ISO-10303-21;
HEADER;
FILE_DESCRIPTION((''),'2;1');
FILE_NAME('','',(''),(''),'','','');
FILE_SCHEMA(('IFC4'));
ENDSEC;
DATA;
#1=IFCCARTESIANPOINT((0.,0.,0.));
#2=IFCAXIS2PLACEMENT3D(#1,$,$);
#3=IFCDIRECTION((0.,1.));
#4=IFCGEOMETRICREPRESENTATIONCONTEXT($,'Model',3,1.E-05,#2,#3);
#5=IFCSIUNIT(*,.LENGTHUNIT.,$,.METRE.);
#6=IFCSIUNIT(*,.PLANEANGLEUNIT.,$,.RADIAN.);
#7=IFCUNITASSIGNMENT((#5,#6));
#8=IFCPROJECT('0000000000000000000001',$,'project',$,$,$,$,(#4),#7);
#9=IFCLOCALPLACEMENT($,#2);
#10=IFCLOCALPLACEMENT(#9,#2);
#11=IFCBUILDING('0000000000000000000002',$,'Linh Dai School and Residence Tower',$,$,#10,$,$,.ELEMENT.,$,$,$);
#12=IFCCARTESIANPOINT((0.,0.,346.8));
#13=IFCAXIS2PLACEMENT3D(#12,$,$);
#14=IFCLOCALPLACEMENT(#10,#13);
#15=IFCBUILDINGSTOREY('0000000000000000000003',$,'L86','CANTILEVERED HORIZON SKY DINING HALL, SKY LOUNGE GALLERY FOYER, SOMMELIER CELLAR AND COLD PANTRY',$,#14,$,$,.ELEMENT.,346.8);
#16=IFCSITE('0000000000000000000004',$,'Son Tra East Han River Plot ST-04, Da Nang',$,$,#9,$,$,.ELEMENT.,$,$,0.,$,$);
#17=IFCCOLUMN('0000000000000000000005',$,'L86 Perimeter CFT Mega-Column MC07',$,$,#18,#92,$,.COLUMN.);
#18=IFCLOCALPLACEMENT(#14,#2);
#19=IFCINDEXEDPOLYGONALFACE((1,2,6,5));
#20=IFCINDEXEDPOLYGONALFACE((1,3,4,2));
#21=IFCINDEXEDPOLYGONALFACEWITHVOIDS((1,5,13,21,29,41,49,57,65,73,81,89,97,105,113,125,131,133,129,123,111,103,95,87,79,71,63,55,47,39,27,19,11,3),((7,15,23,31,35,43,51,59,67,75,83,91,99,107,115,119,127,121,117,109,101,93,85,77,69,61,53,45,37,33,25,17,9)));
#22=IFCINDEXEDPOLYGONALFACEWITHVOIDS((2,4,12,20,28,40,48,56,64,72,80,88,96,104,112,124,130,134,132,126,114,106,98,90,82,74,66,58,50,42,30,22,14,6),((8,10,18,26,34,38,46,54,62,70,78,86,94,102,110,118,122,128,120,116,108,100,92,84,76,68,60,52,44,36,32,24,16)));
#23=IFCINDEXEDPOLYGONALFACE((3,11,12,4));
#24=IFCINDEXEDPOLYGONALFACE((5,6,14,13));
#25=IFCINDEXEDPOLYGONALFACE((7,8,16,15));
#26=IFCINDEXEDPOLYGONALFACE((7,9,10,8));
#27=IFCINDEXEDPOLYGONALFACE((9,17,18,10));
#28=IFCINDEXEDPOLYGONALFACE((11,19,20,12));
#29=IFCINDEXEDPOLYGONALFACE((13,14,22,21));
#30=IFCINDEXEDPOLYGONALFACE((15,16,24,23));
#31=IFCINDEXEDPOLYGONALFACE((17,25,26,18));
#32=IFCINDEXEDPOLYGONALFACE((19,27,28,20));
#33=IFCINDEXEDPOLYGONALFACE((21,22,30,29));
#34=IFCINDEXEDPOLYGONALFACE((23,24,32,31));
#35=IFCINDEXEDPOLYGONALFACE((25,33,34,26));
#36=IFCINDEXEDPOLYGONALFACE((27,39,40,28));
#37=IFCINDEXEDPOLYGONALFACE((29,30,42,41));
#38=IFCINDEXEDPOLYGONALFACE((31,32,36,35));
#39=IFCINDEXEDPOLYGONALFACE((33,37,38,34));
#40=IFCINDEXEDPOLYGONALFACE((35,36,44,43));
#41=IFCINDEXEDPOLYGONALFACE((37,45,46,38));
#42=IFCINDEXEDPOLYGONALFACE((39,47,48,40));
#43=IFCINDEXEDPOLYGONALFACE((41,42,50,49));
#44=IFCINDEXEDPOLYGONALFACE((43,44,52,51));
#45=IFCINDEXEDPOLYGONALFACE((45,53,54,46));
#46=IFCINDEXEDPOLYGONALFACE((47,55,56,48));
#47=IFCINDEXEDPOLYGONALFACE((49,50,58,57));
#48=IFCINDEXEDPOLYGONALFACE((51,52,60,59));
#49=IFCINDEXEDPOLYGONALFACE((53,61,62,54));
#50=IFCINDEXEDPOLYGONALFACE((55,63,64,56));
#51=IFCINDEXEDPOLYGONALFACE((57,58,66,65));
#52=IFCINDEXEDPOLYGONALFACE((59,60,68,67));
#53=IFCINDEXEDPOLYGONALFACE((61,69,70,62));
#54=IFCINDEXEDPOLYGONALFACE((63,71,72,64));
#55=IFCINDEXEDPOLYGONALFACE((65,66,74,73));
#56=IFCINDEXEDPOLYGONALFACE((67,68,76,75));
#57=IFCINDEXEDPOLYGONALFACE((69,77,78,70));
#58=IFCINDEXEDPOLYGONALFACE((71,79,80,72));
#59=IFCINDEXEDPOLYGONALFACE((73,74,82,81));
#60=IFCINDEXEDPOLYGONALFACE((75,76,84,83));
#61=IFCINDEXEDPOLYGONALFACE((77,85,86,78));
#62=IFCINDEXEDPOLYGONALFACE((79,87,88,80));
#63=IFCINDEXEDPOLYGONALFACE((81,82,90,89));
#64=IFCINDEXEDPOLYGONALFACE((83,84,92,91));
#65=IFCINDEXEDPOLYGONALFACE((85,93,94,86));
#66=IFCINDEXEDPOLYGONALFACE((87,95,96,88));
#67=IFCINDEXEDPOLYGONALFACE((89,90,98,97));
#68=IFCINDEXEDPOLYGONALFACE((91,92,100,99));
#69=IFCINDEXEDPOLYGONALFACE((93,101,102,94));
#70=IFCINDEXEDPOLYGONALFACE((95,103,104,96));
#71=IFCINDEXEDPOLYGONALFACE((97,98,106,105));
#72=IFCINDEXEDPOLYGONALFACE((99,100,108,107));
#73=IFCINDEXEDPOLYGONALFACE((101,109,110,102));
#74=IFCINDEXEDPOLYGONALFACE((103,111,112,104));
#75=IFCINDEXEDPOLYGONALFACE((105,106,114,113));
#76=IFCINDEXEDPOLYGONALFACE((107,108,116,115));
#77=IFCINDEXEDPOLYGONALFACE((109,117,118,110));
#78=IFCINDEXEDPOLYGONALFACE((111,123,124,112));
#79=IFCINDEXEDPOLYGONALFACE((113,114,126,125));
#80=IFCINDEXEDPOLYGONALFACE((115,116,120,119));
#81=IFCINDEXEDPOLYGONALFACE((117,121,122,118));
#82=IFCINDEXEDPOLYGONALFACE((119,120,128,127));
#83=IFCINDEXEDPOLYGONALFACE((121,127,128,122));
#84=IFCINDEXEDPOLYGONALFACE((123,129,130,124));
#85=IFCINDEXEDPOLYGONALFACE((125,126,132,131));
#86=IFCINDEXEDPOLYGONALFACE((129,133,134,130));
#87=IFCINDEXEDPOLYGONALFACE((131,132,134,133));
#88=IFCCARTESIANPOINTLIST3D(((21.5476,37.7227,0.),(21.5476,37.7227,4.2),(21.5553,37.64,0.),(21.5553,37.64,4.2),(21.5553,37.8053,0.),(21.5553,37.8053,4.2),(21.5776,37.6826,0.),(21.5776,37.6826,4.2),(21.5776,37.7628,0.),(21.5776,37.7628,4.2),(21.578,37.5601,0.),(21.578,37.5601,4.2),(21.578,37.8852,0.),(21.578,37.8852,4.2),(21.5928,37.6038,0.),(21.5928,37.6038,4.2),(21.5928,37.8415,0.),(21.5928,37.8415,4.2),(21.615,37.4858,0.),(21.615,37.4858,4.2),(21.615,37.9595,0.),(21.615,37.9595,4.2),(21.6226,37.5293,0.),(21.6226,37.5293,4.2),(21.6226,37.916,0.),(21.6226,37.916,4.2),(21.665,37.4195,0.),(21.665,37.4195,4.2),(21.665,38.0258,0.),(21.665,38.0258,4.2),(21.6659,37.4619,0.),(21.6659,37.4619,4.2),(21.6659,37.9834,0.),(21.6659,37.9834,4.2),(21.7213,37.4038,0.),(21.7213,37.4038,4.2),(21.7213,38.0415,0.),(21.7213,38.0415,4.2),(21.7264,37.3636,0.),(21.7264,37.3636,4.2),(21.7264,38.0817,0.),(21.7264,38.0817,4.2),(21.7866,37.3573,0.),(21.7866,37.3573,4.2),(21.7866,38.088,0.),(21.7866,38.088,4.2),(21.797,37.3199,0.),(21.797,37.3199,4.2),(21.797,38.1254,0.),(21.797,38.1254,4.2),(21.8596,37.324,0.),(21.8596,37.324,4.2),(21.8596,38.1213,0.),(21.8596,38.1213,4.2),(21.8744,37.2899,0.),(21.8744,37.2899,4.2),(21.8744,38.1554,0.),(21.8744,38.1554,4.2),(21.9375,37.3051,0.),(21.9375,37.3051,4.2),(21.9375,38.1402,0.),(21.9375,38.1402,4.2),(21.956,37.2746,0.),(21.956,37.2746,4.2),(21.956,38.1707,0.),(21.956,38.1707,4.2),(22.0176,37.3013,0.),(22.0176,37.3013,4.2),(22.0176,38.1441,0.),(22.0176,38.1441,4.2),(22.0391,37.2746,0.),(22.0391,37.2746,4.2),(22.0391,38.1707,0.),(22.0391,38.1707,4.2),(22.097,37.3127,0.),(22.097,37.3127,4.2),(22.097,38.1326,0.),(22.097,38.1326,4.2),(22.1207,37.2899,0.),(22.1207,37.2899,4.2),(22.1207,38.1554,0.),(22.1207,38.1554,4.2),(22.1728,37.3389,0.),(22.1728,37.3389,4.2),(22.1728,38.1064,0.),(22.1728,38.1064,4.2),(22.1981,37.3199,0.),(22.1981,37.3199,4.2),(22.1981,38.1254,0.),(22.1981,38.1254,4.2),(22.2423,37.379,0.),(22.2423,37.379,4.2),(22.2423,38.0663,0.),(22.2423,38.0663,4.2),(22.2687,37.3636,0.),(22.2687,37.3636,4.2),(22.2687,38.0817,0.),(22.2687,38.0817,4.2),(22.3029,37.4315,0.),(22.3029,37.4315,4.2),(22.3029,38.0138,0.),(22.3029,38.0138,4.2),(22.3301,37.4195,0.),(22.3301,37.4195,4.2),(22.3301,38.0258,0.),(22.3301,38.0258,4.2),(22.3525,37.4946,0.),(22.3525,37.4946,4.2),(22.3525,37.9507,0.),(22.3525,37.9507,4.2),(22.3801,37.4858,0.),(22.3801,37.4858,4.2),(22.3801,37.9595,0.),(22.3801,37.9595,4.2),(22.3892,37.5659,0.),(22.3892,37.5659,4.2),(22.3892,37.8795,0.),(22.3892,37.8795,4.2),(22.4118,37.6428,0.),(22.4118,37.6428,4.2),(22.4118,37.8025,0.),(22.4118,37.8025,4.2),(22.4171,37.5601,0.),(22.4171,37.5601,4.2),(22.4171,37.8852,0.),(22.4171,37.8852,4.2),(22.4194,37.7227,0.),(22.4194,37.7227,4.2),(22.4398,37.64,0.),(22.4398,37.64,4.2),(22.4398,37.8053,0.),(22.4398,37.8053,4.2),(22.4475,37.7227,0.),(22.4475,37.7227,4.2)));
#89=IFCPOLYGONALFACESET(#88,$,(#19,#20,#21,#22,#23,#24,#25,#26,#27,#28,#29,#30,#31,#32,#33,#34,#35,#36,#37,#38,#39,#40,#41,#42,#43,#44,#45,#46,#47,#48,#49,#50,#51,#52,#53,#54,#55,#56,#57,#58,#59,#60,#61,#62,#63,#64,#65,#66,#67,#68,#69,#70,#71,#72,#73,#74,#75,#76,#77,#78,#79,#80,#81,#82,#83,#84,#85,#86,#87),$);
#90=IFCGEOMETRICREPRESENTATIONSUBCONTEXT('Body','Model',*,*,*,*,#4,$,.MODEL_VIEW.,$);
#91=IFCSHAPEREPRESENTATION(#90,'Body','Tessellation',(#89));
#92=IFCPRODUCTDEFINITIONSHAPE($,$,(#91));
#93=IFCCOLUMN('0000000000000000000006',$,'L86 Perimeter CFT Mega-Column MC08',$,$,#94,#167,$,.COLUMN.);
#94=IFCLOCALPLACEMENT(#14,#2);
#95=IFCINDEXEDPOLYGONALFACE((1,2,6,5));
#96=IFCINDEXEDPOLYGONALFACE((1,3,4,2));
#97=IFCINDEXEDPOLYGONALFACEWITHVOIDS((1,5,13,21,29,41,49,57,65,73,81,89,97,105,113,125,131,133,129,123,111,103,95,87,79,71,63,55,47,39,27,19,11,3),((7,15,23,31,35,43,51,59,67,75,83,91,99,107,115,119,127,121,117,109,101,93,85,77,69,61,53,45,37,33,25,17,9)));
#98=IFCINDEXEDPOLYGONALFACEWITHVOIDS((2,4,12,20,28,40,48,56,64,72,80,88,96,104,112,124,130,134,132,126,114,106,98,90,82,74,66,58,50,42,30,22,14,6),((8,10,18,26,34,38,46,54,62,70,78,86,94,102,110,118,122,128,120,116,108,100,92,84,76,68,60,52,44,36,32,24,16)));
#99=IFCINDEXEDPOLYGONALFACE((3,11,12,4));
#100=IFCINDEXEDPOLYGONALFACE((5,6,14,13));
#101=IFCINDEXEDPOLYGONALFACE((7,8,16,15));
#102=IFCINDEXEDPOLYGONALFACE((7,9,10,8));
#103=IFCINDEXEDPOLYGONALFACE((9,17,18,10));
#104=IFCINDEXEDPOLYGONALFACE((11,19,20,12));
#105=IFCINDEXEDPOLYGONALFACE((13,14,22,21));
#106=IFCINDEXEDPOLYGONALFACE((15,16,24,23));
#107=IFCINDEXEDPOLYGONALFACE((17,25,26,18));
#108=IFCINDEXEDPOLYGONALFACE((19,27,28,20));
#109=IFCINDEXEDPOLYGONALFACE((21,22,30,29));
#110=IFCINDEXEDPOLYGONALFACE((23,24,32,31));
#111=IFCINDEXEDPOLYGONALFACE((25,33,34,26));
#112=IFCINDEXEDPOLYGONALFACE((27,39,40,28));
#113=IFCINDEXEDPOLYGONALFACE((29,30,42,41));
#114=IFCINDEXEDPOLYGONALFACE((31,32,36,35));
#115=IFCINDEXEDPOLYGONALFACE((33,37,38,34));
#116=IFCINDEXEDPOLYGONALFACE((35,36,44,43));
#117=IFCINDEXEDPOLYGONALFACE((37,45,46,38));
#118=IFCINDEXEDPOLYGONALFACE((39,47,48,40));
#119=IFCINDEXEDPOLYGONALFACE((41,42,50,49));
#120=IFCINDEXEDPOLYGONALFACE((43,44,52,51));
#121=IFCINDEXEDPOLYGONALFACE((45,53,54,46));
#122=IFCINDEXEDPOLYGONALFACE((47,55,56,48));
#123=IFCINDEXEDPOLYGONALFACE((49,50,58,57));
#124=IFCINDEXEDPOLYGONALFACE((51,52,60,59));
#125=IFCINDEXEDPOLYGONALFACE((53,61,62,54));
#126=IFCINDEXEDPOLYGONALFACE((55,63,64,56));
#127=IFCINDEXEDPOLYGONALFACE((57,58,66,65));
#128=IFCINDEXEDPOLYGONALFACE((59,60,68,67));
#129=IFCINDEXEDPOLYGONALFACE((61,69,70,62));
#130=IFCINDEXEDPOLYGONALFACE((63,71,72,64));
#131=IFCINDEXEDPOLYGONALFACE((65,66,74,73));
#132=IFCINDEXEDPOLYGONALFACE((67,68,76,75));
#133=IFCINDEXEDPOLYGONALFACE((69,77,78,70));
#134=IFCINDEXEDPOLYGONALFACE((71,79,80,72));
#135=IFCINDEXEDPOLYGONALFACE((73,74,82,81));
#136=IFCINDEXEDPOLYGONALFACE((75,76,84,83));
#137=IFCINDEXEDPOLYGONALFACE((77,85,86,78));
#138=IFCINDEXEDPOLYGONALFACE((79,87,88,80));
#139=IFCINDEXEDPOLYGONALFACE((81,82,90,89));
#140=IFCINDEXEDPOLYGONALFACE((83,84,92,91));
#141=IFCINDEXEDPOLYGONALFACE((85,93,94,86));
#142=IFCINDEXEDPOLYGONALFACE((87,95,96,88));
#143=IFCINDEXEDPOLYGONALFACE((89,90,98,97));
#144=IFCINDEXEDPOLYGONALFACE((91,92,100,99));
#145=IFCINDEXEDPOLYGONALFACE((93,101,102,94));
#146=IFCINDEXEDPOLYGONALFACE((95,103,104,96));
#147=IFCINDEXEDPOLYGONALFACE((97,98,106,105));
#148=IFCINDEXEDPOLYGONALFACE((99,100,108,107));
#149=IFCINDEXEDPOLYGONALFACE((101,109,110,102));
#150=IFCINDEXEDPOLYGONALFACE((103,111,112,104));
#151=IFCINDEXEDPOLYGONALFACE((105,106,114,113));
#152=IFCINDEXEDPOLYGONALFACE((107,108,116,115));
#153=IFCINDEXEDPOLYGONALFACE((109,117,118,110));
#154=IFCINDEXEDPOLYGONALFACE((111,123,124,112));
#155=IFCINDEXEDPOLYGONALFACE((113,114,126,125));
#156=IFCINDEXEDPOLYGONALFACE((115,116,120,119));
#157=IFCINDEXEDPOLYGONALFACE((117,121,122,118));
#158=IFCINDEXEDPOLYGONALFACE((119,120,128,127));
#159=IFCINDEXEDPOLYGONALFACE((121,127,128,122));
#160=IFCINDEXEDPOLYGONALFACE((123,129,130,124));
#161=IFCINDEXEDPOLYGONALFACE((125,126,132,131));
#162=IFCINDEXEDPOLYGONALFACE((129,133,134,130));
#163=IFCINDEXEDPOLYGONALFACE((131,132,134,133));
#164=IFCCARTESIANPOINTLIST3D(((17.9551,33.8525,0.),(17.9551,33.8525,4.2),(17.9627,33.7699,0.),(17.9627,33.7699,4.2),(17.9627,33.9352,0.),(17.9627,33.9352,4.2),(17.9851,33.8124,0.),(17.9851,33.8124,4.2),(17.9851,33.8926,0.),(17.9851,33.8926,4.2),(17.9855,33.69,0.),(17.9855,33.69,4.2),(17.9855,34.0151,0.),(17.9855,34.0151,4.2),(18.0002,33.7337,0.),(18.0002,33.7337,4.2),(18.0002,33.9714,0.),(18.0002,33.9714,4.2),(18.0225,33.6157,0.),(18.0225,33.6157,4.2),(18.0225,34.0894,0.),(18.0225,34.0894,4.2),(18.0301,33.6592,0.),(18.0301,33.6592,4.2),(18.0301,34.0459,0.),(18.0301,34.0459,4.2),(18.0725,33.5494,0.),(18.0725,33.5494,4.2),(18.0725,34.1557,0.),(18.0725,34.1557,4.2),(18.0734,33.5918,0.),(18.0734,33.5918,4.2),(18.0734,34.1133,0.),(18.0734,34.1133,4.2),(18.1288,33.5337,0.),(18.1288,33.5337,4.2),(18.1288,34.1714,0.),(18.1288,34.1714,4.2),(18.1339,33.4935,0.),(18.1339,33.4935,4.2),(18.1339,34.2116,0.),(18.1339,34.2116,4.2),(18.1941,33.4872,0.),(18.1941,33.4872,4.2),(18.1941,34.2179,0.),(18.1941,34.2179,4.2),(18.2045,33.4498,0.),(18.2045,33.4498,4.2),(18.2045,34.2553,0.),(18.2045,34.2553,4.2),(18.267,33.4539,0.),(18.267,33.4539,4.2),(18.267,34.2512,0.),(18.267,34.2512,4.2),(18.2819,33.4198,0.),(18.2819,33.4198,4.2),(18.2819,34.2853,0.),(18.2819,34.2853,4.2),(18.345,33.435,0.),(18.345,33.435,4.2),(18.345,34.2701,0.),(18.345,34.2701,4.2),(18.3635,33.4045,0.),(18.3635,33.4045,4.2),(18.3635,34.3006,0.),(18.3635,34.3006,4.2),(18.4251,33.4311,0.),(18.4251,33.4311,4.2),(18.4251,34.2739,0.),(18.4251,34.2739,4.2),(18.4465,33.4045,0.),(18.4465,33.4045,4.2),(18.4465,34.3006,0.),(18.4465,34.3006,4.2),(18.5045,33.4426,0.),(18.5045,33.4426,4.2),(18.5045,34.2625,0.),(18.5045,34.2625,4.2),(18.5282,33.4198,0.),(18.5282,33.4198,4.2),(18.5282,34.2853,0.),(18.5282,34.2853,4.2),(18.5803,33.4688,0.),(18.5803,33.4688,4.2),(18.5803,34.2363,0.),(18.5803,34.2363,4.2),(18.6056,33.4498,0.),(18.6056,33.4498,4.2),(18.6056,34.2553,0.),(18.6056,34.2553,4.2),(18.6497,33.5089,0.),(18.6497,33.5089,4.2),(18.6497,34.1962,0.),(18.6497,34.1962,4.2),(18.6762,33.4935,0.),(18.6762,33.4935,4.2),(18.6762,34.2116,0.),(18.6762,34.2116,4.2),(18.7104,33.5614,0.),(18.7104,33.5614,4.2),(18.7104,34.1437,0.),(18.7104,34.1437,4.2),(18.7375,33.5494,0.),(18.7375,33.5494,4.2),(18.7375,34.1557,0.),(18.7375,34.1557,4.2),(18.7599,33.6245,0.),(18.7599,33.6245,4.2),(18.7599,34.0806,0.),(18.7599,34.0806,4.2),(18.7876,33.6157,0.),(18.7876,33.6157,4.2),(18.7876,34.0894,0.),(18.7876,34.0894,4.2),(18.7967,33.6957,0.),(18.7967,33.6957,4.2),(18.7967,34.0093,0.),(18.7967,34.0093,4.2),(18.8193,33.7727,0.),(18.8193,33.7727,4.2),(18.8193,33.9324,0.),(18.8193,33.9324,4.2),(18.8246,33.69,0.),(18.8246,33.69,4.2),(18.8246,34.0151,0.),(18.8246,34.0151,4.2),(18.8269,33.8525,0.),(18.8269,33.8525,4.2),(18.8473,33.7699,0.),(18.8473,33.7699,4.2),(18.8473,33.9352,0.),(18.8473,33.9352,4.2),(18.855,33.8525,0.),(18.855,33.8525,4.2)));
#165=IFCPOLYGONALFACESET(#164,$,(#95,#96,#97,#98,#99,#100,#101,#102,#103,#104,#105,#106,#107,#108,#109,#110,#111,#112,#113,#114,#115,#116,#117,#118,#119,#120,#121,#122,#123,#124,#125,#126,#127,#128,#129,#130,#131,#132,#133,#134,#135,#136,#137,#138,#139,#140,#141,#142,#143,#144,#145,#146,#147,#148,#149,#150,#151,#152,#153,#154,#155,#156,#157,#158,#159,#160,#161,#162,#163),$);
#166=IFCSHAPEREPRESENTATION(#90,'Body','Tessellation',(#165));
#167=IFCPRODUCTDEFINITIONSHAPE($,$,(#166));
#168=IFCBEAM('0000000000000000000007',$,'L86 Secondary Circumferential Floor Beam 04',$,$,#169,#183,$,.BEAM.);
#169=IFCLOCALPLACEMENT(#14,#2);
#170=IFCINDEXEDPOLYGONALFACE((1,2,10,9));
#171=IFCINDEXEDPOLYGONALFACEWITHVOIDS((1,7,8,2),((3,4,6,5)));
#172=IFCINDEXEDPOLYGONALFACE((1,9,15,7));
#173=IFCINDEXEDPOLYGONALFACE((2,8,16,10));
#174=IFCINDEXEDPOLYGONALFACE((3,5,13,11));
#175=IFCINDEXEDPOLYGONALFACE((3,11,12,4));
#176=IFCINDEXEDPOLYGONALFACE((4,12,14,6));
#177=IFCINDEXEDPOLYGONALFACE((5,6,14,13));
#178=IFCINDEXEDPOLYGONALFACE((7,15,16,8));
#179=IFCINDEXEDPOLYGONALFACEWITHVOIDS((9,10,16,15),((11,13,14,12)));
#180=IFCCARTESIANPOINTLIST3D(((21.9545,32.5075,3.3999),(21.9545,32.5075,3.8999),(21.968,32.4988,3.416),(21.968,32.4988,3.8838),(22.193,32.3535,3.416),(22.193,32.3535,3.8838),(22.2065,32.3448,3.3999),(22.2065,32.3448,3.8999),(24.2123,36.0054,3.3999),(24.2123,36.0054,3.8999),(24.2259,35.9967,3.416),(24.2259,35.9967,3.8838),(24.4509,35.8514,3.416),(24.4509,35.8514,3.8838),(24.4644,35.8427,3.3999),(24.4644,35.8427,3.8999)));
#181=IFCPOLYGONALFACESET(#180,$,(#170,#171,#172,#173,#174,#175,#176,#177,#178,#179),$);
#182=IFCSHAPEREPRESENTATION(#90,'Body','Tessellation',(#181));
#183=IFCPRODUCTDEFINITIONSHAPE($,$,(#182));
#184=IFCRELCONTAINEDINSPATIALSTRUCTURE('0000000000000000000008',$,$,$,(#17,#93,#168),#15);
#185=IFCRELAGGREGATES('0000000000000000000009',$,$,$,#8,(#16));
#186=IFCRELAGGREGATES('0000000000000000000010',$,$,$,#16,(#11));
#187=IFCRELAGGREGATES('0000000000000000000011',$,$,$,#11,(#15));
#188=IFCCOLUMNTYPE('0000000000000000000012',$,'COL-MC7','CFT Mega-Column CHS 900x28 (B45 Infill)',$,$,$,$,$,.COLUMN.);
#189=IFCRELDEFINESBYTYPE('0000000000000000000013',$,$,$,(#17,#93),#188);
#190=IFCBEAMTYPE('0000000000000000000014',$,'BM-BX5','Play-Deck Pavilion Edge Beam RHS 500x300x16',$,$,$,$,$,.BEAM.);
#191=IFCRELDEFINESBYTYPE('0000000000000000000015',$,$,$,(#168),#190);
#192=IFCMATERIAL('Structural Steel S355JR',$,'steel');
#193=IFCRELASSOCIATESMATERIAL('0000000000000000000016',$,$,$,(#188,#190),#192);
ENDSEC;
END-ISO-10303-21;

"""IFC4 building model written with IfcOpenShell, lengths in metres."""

from ifc_helpers import new_model, si_unit, direction, frame, origin, origin_2d, place, context, subcontext, project, spatial, hollow_rectangle, hollow_circle, extrude, material, material_profile, profile_set, type_object, element, save


model = new_model("IFC4")

# Units and contexts
model_context = context("Model", 3, precision=1e-05, world=origin(), true_north=direction((0.0, 1.0)))
body_context = subcontext(model_context, "Body", "Model", "MODEL_VIEW")
ifc_project = project(units=[si_unit("LENGTHUNIT", "METRE"), si_unit("PLANEANGLEUNIT", "RADIAN")], contexts=[model_context])

# Site, building, storey
site_placement = place(None, origin())
site = spatial("IfcSite", under=ifc_project, at=site_placement, Name="Son Tra East Han River Plot ST-04, Da Nang", CompositionType="ELEMENT", RefElevation=0.0)
building_placement = place(site_placement, origin())
building = spatial("IfcBuilding", under=site, at=building_placement, Name="Linh Dai School and Residence Tower", CompositionType="ELEMENT")
storey_placement = place(building_placement, frame((0.0, 0.0, 346.8)))
storey = spatial("IfcBuildingStorey", under=building, at=storey_placement, Name="L86", Description="CANTILEVERED HORIZON SKY DINING HALL, SKY LOUNGE GALLERY FOYER, SOMMELIER CELLAR AND COLD PANTRY", CompositionType="ELEMENT", Elevation=346.8)

# Columns
ifc_material_1 = material(Name="Structural Steel S355JR", Category="steel")
ifc_material_profile_1 = material_profile(ifc_material_1, hollow_circle(Radius=0.45, WallThickness=0.0281, at=origin_2d()), Name="CHS 900x28")
ifc_profile_set_1 = profile_set([ifc_material_profile_1], Name="Structural Steel S355JR")
column_type = type_object("IfcColumnType", Name="COL-MC7", Description="CFT Mega-Column CHS 900x28 (B45 Infill)", PredefinedType="COLUMN", material=ifc_profile_set_1)
for number, where, z_axis, x_axis, name in (
    (1, (21.9976, 37.7227, 0.0), (0.0, 0.0, 1.0), (1.0, 0.0, 0.0), "L86 Perimeter CFT Mega-Column MC07"),
    (2, (18.405, 33.8525, 0.0), (0.0, 0.0, 1.0), (1.0, 0.0, 0.0), "L86 Perimeter CFT Mega-Column MC08"),
):
    element("IfcColumn", number, at=place(storey_placement, frame(where, z_axis=z_axis, x_axis=x_axis)), inside=storey, type_object=column_type, Name=name, PredefinedType="COLUMN", context=body_context, shape_type="SweptSolid", body=[
        extrude(hollow_circle(Radius=0.45, WallThickness=0.0281, at=origin_2d()), origin(), (0.0, 0.0, 1.0), 4.2),
    ])

# Beam
ifc_material_profile_2 = material_profile(ifc_material_1, hollow_rectangle(XDim=0.3, YDim=0.5, WallThickness=0.0161, at=origin_2d()), Name="RHS 500x300x16")
ifc_profile_set_2 = profile_set([ifc_material_profile_2], Name="Structural Steel S355JR")
beam_type_1 = type_object("IfcBeamType", Name="BM-BX5", Description="Play-Deck Pavilion Edge Beam RHS 500x300x16", PredefinedType="BEAM", material=ifc_profile_set_2)
beam_1_placement = place(storey_placement, frame((24.3384, 35.9241, 3.6499), z_axis=(-0.542325, -0.840169, 0.0), x_axis=(0.840169, -0.542325, 0.0)))
element("IfcBeam", 3, at=beam_1_placement, inside=storey, type_object=beam_type_1, Name="L86 Secondary Circumferential Floor Beam 04", PredefinedType="BEAM", context=body_context, shape_type="SweptSolid", body=[
    extrude(hollow_rectangle(XDim=0.3, YDim=0.5, WallThickness=0.0161, at=origin_2d()), origin(), (0.0, 0.0, 1.0), 4.1633),
])

save(model, "model.ifc")
